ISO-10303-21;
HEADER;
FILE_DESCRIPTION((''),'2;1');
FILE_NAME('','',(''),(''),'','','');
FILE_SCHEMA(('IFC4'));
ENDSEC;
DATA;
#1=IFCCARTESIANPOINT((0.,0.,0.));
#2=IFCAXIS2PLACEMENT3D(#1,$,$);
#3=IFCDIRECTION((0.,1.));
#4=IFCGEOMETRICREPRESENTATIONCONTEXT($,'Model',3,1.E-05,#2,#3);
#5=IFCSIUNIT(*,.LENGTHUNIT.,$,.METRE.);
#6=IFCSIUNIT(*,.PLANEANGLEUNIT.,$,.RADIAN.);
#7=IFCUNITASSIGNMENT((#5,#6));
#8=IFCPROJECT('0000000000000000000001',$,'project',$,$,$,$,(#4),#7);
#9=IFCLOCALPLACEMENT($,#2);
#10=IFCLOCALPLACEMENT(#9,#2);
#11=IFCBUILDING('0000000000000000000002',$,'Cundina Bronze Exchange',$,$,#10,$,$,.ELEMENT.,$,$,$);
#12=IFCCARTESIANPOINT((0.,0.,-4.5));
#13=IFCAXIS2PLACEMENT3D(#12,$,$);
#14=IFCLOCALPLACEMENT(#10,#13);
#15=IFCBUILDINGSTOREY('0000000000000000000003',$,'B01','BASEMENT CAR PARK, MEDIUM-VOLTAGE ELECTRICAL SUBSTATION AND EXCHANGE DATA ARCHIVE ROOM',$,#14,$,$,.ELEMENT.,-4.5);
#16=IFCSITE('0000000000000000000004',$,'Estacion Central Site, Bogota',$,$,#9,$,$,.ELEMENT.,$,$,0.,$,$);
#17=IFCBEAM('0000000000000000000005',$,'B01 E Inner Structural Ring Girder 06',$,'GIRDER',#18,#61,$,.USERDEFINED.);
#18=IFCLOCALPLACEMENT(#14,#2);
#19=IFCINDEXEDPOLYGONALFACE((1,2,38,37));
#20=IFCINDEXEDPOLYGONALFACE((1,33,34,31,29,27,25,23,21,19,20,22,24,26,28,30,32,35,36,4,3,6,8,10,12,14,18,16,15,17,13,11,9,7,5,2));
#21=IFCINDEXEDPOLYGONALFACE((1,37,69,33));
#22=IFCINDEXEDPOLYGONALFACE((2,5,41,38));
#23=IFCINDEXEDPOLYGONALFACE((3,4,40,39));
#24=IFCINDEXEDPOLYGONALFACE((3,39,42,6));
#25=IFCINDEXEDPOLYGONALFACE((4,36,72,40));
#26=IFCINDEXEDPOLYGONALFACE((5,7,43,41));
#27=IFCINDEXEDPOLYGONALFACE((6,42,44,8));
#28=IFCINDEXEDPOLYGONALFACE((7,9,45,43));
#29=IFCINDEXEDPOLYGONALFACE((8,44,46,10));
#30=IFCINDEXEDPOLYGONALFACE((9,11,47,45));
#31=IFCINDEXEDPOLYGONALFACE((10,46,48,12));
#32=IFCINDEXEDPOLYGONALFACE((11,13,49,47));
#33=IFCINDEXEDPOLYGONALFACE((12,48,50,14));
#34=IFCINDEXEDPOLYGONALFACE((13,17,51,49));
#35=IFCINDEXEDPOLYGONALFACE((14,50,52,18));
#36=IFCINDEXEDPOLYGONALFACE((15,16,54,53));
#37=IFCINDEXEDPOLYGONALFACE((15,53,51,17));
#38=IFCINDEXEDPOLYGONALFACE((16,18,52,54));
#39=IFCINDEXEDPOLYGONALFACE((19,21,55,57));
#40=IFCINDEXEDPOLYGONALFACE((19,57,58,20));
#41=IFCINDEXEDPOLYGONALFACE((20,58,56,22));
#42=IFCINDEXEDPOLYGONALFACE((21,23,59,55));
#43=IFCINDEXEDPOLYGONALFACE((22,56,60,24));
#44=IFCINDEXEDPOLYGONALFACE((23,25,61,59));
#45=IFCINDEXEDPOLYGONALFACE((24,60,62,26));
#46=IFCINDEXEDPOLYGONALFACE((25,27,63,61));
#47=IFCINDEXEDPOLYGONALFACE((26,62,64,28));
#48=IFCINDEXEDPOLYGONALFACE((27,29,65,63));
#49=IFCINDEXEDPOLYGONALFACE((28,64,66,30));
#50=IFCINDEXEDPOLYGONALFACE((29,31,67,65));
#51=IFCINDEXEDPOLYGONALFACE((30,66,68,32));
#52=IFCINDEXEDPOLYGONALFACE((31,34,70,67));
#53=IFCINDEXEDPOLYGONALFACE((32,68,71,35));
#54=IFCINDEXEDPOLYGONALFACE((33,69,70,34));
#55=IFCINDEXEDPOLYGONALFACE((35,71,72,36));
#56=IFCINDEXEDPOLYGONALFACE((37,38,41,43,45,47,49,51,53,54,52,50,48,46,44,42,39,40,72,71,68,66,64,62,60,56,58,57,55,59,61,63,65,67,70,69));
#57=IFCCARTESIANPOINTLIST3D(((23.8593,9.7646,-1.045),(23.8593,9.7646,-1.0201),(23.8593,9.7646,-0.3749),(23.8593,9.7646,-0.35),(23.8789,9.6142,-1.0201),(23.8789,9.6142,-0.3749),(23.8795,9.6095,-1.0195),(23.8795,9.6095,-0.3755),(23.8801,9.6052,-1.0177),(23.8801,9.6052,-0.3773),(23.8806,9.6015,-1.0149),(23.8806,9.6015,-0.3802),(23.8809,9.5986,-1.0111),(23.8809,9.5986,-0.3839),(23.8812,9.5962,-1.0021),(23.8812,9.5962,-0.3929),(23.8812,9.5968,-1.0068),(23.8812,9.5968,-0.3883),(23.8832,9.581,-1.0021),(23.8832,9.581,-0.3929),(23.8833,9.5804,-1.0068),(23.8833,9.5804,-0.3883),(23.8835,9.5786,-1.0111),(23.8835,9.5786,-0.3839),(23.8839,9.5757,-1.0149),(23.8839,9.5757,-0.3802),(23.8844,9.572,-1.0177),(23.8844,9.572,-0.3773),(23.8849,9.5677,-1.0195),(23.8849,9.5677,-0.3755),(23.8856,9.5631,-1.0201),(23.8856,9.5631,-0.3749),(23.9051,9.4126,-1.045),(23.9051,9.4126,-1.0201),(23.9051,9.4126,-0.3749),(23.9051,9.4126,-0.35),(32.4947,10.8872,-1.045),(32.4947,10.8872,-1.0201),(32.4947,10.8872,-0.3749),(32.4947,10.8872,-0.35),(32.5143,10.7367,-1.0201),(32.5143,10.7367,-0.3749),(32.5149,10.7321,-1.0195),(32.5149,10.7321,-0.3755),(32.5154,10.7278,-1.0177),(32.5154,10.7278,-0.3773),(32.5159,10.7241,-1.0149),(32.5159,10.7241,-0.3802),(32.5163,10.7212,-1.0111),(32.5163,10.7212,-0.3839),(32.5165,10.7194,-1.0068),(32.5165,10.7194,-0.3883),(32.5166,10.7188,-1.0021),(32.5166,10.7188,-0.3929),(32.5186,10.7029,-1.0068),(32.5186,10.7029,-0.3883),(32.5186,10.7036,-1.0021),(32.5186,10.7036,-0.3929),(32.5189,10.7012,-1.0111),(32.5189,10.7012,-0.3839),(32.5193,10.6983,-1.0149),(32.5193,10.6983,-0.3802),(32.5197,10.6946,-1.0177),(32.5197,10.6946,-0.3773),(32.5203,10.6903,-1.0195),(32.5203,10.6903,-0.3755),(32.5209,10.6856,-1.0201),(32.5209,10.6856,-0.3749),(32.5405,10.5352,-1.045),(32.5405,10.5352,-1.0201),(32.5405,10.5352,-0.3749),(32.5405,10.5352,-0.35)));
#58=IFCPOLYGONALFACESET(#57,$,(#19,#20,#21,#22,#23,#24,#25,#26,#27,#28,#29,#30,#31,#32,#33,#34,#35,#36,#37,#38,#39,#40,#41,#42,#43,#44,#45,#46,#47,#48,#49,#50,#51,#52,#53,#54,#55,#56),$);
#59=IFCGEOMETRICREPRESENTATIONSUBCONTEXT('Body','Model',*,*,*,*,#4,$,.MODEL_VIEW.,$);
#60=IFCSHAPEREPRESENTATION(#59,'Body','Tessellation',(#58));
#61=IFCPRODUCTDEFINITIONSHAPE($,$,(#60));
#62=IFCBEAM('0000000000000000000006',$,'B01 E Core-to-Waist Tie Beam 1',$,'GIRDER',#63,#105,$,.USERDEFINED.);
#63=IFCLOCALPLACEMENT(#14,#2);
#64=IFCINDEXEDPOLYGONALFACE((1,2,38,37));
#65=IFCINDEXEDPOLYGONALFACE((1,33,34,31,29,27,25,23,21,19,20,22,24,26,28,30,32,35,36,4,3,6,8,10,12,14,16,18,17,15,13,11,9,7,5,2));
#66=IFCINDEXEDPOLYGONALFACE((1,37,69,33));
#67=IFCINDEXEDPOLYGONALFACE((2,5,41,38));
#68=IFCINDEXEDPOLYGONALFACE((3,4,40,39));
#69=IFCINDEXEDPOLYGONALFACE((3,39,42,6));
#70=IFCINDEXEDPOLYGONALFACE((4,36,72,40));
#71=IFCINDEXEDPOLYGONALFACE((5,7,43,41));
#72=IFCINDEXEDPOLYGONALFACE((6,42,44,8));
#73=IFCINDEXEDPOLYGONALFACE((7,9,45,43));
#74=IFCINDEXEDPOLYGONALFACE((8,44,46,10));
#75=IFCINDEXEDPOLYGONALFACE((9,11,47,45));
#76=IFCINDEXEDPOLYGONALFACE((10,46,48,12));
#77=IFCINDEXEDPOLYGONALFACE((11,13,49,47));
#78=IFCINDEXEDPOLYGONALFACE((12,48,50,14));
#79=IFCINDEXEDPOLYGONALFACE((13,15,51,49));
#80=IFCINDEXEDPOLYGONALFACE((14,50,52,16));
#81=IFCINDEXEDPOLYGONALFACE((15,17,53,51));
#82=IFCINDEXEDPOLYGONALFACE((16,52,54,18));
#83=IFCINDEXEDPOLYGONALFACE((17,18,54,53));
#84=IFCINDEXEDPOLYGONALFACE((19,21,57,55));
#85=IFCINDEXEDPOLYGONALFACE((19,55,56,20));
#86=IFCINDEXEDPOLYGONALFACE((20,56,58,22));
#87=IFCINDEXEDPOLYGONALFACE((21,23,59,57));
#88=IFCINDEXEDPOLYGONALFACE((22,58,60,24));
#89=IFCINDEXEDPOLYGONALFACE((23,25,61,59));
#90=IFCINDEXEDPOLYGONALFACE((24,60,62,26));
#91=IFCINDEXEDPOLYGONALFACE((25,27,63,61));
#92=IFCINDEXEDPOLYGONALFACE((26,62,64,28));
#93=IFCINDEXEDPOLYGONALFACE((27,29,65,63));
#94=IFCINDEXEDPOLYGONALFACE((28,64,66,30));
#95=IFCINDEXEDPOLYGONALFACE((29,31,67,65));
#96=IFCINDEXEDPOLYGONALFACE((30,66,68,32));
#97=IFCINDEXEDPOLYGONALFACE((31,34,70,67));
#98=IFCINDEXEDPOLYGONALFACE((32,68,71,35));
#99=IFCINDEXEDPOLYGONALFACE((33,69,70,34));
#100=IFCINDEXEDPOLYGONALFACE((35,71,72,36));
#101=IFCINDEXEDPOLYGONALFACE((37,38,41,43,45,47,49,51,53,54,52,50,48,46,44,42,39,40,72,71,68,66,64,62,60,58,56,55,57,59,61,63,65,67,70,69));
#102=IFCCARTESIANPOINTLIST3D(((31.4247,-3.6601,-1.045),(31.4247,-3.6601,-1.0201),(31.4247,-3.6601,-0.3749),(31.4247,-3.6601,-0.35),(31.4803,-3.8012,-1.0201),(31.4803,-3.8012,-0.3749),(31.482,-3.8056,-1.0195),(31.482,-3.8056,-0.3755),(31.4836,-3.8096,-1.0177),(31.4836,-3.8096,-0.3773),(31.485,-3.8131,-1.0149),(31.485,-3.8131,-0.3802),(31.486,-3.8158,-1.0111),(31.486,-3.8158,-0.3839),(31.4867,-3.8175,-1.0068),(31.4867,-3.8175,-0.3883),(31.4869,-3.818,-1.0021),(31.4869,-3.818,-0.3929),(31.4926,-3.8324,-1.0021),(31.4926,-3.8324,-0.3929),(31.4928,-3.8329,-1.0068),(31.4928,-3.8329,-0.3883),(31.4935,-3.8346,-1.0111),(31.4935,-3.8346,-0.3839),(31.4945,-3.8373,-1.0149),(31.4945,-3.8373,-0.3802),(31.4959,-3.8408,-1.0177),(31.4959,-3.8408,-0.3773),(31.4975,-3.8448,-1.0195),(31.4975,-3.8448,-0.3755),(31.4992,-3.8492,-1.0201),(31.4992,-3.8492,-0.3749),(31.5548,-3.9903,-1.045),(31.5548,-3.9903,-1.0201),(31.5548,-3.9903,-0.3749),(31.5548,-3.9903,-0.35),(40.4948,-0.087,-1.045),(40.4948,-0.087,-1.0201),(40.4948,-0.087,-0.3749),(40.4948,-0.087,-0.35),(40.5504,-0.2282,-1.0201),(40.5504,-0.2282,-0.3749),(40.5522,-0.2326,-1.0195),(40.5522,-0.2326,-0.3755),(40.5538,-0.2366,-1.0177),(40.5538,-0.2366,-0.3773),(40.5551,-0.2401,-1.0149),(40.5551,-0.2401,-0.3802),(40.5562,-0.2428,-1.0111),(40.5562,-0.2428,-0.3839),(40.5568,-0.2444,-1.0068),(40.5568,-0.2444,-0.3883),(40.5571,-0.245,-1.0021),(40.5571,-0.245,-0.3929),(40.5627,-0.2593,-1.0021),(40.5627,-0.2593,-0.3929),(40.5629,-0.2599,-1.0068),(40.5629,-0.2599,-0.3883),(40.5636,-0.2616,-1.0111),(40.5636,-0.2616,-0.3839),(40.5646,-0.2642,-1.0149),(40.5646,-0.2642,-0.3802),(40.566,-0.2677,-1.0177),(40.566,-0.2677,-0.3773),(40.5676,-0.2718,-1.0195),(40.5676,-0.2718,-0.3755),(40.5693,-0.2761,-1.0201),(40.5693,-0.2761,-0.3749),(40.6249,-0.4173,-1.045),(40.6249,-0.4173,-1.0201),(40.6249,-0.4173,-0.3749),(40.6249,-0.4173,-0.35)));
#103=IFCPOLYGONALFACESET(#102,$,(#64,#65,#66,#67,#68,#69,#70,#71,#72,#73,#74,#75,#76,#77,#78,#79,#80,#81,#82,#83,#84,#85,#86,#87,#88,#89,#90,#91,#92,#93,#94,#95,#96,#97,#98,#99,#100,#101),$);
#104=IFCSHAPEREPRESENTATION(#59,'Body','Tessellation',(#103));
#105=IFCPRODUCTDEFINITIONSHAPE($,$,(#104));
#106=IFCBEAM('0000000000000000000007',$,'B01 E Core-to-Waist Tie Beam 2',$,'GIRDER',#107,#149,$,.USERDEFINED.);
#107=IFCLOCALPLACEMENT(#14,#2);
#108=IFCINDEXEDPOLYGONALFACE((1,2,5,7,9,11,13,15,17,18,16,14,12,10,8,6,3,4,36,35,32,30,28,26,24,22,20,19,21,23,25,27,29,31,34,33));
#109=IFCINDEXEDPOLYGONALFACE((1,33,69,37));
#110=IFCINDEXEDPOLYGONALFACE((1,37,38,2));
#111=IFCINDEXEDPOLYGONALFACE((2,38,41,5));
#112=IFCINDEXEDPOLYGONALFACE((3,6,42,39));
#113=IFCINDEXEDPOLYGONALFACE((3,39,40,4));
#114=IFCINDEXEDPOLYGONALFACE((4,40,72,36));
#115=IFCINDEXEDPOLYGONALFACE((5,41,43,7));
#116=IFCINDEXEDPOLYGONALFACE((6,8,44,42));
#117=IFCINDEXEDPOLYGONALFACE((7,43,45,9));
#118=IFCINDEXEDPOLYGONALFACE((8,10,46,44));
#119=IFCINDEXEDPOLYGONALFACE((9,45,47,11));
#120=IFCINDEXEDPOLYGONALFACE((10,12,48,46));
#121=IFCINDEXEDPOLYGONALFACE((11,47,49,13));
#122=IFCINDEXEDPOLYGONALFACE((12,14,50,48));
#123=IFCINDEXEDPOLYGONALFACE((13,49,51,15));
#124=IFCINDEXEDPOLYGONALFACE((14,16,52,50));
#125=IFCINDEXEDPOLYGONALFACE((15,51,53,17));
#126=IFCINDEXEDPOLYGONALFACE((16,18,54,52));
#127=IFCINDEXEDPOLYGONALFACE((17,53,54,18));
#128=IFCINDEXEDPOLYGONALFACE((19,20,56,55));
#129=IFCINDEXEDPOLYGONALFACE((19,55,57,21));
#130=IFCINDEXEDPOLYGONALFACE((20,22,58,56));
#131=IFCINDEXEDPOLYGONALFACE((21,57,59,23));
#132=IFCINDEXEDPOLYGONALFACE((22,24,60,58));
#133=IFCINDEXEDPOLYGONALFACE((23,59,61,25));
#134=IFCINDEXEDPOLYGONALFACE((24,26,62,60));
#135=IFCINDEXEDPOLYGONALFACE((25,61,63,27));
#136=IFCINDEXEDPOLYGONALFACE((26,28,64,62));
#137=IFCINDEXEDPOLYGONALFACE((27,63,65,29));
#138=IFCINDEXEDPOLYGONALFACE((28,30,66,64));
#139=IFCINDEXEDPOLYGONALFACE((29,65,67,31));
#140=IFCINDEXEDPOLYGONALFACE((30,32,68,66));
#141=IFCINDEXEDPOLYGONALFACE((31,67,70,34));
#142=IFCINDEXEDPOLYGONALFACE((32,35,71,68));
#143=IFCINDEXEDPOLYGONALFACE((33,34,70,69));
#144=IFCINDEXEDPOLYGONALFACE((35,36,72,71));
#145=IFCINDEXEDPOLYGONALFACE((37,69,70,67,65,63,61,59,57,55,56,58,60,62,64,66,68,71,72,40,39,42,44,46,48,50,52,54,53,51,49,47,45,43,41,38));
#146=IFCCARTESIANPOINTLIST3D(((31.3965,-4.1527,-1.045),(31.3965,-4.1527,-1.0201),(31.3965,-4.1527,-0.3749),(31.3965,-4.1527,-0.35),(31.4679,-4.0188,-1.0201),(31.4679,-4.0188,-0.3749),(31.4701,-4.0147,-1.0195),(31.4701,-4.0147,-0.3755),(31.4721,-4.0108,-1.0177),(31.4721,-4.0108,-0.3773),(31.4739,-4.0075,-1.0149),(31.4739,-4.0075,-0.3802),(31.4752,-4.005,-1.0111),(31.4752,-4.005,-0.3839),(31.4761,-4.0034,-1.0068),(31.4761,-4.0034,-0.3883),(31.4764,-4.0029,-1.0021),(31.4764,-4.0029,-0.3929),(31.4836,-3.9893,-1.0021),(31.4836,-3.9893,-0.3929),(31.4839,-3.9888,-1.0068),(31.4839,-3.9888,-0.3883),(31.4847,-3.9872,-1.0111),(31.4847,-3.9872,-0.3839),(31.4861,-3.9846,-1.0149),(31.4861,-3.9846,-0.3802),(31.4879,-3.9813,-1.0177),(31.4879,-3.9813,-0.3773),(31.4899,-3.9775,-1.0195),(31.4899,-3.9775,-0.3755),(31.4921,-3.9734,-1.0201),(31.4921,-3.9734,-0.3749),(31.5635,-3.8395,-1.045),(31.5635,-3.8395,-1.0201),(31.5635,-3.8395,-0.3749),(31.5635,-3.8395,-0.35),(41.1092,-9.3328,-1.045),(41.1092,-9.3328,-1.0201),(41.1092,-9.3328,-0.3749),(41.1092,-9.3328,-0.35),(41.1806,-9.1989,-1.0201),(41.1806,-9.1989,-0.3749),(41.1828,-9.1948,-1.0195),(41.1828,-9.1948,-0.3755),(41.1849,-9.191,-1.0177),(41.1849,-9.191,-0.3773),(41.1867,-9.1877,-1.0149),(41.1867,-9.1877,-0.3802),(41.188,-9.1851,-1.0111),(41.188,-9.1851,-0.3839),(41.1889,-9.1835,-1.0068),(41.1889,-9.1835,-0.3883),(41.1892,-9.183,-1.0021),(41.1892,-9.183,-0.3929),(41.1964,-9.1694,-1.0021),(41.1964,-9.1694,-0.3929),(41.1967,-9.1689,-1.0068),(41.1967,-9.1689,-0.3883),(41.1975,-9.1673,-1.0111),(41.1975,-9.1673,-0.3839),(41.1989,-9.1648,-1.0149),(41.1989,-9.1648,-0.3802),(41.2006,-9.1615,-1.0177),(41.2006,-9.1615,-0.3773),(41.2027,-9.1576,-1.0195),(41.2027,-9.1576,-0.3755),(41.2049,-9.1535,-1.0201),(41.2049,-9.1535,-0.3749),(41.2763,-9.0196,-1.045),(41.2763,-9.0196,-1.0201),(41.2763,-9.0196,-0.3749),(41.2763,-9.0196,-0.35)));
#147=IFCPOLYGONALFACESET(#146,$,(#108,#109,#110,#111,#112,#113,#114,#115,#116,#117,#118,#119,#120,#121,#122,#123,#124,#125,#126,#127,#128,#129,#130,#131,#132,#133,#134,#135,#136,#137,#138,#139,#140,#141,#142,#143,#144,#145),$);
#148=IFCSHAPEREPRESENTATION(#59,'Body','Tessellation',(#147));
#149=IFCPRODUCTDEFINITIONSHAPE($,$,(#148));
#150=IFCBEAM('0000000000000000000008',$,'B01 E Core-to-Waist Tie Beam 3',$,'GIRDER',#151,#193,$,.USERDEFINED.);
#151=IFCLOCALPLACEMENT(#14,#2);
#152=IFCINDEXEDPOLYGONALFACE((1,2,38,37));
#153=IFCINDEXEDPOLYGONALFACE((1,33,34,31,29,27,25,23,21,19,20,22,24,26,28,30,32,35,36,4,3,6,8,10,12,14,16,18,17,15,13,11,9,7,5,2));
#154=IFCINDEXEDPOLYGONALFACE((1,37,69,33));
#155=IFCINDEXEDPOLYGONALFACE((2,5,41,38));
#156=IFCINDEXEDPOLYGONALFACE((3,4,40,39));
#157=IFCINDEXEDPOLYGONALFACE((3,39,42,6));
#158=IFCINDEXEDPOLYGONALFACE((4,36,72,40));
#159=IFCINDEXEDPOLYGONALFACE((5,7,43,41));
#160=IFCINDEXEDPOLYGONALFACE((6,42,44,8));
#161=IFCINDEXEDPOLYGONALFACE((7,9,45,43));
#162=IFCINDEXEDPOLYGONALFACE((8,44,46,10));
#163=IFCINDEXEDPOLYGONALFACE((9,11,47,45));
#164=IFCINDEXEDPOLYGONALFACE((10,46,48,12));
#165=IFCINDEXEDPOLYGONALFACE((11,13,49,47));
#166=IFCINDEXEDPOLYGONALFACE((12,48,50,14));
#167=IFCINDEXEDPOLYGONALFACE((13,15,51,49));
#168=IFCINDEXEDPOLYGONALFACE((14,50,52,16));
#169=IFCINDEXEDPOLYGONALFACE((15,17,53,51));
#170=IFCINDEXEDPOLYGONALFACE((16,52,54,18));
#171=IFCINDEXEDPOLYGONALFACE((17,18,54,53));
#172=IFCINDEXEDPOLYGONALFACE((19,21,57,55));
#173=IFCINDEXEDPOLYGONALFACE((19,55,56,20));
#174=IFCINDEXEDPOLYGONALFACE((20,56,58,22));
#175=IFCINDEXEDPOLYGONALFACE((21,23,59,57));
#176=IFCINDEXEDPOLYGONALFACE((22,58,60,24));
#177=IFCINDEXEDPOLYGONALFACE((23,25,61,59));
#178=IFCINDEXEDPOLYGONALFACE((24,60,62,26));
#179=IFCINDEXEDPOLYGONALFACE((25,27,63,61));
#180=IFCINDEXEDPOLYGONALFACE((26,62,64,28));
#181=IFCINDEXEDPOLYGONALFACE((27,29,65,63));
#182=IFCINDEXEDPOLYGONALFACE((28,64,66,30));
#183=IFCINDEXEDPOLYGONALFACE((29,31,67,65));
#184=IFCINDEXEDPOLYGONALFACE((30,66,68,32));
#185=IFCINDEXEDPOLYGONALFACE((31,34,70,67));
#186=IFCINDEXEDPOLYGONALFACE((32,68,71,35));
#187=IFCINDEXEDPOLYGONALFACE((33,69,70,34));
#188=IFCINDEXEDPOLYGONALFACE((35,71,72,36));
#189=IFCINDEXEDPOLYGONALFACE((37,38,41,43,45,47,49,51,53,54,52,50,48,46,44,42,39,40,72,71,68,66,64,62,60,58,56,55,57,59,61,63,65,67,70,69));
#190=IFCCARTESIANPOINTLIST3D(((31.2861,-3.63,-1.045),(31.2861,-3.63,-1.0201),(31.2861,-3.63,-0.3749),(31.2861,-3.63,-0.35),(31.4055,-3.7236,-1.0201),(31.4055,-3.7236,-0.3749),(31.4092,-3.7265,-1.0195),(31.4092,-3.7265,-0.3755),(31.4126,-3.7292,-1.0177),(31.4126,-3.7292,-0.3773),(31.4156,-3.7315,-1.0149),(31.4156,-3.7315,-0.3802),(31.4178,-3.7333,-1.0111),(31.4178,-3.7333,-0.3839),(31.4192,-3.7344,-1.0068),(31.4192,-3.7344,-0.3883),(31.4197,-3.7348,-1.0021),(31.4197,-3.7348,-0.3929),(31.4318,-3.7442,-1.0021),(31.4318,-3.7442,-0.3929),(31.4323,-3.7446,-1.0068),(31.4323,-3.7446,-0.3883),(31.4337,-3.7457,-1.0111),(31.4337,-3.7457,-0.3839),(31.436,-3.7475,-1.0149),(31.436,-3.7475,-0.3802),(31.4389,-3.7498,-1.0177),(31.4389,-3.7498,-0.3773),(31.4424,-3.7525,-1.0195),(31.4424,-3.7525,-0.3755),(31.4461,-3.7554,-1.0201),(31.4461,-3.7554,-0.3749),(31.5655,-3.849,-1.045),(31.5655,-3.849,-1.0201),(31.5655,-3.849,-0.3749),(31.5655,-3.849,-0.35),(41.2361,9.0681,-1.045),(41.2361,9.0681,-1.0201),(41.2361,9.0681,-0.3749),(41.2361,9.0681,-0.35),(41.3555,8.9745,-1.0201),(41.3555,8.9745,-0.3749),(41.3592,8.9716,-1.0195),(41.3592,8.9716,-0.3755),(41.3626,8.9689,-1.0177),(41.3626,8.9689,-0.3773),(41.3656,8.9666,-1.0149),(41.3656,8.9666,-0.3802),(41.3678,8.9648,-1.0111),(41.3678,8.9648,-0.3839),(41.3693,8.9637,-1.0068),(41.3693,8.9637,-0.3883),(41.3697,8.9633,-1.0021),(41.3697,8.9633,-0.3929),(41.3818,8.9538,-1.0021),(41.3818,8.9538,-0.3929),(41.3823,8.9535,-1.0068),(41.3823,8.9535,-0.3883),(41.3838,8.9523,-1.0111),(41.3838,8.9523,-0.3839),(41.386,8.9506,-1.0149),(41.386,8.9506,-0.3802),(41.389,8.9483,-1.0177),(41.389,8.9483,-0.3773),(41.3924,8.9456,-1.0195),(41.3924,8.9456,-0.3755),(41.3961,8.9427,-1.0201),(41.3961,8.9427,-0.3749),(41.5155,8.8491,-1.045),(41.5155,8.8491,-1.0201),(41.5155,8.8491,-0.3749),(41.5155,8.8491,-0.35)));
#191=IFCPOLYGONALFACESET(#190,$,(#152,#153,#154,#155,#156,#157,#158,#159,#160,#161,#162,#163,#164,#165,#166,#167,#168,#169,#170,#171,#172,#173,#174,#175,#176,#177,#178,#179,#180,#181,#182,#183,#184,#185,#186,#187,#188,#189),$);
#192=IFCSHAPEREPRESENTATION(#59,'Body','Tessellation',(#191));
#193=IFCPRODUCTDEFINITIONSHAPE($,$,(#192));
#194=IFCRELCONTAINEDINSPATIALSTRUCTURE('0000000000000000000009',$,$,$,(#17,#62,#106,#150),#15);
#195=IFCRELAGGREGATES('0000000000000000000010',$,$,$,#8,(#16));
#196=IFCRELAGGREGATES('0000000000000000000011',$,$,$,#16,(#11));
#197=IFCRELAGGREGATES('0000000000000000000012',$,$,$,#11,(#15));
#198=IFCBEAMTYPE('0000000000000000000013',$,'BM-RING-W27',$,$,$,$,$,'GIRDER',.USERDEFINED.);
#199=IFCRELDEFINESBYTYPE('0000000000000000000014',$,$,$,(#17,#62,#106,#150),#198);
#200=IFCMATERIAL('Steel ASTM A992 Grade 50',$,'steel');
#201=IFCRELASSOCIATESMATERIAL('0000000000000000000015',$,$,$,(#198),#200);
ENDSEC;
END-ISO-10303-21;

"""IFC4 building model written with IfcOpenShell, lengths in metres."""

from ifc_helpers import new_model, si_unit, direction, frame, origin, origin_2d, place, context, subcontext, project, spatial, i_section, extrude, material, material_profile, profile_set, type_object, element, save


model = new_model("IFC4")

# Units and contexts
model_context = context("Model", 3, precision=1e-05, world=origin(), true_north=direction((0.0, 1.0)))
body_context = subcontext(model_context, "Body", "Model", "MODEL_VIEW")
ifc_project = project(units=[si_unit("LENGTHUNIT", "METRE"), si_unit("PLANEANGLEUNIT", "RADIAN")], contexts=[model_context])

# Site, building, storey
site_placement = place(None, origin())
site = spatial("IfcSite", under=ifc_project, at=site_placement, Name="Estacion Central Site, Bogota", CompositionType="ELEMENT", RefElevation=0.0)
building_placement = place(site_placement, origin())
building = spatial("IfcBuilding", under=site, at=building_placement, Name="Cundina Bronze Exchange", CompositionType="ELEMENT")
storey_placement = place(building_placement, frame((0.0, 0.0, -4.5)))
storey = spatial("IfcBuildingStorey", under=building, at=storey_placement, Name="B01", Description="BASEMENT CAR PARK, MEDIUM-VOLTAGE ELECTRICAL SUBSTATION AND EXCHANGE DATA ARCHIVE ROOM", CompositionType="ELEMENT", Elevation=-4.5)

# Shared definitions
ifc_material_1 = material(Name="Steel ASTM A992 Grade 50", Category="steel")

# Beams
ifc_material_profile_1 = material_profile(ifc_material_1, i_section(OverallWidth=0.355, OverallDepth=0.6951, WebThickness=0.0154, FlangeThickness=0.0249, FilletRadius=0.0181, at=origin_2d()), Name="W27X146", Category="steel")
ifc_profile_set_1 = profile_set([ifc_material_profile_1], Name="Steel ASTM A992 Grade 50")
beam_type_1 = type_object("IfcBeamType", Name="BM-RING-W27", ElementType="GIRDER", PredefinedType="USERDEFINED", material=ifc_profile_set_1)
beam_1_placement = place(storey_placement, frame((32.5176, 10.7112, -0.6975), z_axis=(-0.991656, -0.128912, 0.0), x_axis=(0.128912, -0.991656, 0.0)))
element("IfcBeam", 1, at=beam_1_placement, inside=storey, type_object=beam_type_1, Name="B01 E Inner Structural Ring Girder 06", ObjectType="GIRDER", PredefinedType="USERDEFINED", context=body_context, shape_type="SweptSolid", body=[
    extrude(i_section(OverallWidth=0.355, OverallDepth=0.6951, WebThickness=0.0154, FlangeThickness=0.0249, FilletRadius=0.0181, at=origin_2d()), origin(), (0.0, 0.0, 1.0), 8.708),
])
beam_2_placement = place(storey_placement, frame((31.4897, -3.8252, -0.6975), z_axis=(0.93041, 0.366519, 0.0), x_axis=(-0.366519, 0.93041, 0.0)))
element("IfcBeam", 2, at=beam_2_placement, inside=storey, type_object=beam_type_1, Name="B01 E Core-to-Waist Tie Beam 1", ObjectType="GIRDER", PredefinedType="USERDEFINED", context=body_context, shape_type="SweptSolid", body=[
    extrude(i_section(OverallWidth=0.355, OverallDepth=0.6951, WebThickness=0.0154, FlangeThickness=0.0249, FilletRadius=0.0181, at=origin_2d()), origin(), (0.0, 0.0, 1.0), 9.7485),
])
beam_3_placement = place(storey_placement, frame((31.48, -3.9961, -0.6975), z_axis=(0.882354, -0.470586, 0.0), x_axis=(0.470586, 0.882354, 0.0)))
element("IfcBeam", 3, at=beam_3_placement, inside=storey, type_object=beam_type_1, Name="B01 E Core-to-Waist Tie Beam 2", ObjectType="GIRDER", PredefinedType="USERDEFINED", context=body_context, shape_type="SweptSolid", body=[
    extrude(i_section(OverallWidth=0.355, OverallDepth=0.6951, WebThickness=0.0154, FlangeThickness=0.0249, FilletRadius=0.0181, at=origin_2d()), origin(), (0.0, 0.0, 1.0), 11.0078),
])
beam_4_placement = place(storey_placement, frame((31.4258, -3.7395, -0.6975), z_axis=(0.616784, 0.787132, 0.0), x_axis=(-0.787132, 0.616784, 0.0)))
element("IfcBeam", 4, at=beam_4_placement, inside=storey, type_object=beam_type_1, Name="B01 E Core-to-Waist Tie Beam 3", ObjectType="GIRDER", PredefinedType="USERDEFINED", context=body_context, shape_type="SweptSolid", body=[
    extrude(i_section(OverallWidth=0.355, OverallDepth=0.6951, WebThickness=0.0154, FlangeThickness=0.0249, FilletRadius=0.0181, at=origin_2d()), origin(), (0.0, 0.0, 1.0), 16.1321),
])

save(model, "model.ifc")
